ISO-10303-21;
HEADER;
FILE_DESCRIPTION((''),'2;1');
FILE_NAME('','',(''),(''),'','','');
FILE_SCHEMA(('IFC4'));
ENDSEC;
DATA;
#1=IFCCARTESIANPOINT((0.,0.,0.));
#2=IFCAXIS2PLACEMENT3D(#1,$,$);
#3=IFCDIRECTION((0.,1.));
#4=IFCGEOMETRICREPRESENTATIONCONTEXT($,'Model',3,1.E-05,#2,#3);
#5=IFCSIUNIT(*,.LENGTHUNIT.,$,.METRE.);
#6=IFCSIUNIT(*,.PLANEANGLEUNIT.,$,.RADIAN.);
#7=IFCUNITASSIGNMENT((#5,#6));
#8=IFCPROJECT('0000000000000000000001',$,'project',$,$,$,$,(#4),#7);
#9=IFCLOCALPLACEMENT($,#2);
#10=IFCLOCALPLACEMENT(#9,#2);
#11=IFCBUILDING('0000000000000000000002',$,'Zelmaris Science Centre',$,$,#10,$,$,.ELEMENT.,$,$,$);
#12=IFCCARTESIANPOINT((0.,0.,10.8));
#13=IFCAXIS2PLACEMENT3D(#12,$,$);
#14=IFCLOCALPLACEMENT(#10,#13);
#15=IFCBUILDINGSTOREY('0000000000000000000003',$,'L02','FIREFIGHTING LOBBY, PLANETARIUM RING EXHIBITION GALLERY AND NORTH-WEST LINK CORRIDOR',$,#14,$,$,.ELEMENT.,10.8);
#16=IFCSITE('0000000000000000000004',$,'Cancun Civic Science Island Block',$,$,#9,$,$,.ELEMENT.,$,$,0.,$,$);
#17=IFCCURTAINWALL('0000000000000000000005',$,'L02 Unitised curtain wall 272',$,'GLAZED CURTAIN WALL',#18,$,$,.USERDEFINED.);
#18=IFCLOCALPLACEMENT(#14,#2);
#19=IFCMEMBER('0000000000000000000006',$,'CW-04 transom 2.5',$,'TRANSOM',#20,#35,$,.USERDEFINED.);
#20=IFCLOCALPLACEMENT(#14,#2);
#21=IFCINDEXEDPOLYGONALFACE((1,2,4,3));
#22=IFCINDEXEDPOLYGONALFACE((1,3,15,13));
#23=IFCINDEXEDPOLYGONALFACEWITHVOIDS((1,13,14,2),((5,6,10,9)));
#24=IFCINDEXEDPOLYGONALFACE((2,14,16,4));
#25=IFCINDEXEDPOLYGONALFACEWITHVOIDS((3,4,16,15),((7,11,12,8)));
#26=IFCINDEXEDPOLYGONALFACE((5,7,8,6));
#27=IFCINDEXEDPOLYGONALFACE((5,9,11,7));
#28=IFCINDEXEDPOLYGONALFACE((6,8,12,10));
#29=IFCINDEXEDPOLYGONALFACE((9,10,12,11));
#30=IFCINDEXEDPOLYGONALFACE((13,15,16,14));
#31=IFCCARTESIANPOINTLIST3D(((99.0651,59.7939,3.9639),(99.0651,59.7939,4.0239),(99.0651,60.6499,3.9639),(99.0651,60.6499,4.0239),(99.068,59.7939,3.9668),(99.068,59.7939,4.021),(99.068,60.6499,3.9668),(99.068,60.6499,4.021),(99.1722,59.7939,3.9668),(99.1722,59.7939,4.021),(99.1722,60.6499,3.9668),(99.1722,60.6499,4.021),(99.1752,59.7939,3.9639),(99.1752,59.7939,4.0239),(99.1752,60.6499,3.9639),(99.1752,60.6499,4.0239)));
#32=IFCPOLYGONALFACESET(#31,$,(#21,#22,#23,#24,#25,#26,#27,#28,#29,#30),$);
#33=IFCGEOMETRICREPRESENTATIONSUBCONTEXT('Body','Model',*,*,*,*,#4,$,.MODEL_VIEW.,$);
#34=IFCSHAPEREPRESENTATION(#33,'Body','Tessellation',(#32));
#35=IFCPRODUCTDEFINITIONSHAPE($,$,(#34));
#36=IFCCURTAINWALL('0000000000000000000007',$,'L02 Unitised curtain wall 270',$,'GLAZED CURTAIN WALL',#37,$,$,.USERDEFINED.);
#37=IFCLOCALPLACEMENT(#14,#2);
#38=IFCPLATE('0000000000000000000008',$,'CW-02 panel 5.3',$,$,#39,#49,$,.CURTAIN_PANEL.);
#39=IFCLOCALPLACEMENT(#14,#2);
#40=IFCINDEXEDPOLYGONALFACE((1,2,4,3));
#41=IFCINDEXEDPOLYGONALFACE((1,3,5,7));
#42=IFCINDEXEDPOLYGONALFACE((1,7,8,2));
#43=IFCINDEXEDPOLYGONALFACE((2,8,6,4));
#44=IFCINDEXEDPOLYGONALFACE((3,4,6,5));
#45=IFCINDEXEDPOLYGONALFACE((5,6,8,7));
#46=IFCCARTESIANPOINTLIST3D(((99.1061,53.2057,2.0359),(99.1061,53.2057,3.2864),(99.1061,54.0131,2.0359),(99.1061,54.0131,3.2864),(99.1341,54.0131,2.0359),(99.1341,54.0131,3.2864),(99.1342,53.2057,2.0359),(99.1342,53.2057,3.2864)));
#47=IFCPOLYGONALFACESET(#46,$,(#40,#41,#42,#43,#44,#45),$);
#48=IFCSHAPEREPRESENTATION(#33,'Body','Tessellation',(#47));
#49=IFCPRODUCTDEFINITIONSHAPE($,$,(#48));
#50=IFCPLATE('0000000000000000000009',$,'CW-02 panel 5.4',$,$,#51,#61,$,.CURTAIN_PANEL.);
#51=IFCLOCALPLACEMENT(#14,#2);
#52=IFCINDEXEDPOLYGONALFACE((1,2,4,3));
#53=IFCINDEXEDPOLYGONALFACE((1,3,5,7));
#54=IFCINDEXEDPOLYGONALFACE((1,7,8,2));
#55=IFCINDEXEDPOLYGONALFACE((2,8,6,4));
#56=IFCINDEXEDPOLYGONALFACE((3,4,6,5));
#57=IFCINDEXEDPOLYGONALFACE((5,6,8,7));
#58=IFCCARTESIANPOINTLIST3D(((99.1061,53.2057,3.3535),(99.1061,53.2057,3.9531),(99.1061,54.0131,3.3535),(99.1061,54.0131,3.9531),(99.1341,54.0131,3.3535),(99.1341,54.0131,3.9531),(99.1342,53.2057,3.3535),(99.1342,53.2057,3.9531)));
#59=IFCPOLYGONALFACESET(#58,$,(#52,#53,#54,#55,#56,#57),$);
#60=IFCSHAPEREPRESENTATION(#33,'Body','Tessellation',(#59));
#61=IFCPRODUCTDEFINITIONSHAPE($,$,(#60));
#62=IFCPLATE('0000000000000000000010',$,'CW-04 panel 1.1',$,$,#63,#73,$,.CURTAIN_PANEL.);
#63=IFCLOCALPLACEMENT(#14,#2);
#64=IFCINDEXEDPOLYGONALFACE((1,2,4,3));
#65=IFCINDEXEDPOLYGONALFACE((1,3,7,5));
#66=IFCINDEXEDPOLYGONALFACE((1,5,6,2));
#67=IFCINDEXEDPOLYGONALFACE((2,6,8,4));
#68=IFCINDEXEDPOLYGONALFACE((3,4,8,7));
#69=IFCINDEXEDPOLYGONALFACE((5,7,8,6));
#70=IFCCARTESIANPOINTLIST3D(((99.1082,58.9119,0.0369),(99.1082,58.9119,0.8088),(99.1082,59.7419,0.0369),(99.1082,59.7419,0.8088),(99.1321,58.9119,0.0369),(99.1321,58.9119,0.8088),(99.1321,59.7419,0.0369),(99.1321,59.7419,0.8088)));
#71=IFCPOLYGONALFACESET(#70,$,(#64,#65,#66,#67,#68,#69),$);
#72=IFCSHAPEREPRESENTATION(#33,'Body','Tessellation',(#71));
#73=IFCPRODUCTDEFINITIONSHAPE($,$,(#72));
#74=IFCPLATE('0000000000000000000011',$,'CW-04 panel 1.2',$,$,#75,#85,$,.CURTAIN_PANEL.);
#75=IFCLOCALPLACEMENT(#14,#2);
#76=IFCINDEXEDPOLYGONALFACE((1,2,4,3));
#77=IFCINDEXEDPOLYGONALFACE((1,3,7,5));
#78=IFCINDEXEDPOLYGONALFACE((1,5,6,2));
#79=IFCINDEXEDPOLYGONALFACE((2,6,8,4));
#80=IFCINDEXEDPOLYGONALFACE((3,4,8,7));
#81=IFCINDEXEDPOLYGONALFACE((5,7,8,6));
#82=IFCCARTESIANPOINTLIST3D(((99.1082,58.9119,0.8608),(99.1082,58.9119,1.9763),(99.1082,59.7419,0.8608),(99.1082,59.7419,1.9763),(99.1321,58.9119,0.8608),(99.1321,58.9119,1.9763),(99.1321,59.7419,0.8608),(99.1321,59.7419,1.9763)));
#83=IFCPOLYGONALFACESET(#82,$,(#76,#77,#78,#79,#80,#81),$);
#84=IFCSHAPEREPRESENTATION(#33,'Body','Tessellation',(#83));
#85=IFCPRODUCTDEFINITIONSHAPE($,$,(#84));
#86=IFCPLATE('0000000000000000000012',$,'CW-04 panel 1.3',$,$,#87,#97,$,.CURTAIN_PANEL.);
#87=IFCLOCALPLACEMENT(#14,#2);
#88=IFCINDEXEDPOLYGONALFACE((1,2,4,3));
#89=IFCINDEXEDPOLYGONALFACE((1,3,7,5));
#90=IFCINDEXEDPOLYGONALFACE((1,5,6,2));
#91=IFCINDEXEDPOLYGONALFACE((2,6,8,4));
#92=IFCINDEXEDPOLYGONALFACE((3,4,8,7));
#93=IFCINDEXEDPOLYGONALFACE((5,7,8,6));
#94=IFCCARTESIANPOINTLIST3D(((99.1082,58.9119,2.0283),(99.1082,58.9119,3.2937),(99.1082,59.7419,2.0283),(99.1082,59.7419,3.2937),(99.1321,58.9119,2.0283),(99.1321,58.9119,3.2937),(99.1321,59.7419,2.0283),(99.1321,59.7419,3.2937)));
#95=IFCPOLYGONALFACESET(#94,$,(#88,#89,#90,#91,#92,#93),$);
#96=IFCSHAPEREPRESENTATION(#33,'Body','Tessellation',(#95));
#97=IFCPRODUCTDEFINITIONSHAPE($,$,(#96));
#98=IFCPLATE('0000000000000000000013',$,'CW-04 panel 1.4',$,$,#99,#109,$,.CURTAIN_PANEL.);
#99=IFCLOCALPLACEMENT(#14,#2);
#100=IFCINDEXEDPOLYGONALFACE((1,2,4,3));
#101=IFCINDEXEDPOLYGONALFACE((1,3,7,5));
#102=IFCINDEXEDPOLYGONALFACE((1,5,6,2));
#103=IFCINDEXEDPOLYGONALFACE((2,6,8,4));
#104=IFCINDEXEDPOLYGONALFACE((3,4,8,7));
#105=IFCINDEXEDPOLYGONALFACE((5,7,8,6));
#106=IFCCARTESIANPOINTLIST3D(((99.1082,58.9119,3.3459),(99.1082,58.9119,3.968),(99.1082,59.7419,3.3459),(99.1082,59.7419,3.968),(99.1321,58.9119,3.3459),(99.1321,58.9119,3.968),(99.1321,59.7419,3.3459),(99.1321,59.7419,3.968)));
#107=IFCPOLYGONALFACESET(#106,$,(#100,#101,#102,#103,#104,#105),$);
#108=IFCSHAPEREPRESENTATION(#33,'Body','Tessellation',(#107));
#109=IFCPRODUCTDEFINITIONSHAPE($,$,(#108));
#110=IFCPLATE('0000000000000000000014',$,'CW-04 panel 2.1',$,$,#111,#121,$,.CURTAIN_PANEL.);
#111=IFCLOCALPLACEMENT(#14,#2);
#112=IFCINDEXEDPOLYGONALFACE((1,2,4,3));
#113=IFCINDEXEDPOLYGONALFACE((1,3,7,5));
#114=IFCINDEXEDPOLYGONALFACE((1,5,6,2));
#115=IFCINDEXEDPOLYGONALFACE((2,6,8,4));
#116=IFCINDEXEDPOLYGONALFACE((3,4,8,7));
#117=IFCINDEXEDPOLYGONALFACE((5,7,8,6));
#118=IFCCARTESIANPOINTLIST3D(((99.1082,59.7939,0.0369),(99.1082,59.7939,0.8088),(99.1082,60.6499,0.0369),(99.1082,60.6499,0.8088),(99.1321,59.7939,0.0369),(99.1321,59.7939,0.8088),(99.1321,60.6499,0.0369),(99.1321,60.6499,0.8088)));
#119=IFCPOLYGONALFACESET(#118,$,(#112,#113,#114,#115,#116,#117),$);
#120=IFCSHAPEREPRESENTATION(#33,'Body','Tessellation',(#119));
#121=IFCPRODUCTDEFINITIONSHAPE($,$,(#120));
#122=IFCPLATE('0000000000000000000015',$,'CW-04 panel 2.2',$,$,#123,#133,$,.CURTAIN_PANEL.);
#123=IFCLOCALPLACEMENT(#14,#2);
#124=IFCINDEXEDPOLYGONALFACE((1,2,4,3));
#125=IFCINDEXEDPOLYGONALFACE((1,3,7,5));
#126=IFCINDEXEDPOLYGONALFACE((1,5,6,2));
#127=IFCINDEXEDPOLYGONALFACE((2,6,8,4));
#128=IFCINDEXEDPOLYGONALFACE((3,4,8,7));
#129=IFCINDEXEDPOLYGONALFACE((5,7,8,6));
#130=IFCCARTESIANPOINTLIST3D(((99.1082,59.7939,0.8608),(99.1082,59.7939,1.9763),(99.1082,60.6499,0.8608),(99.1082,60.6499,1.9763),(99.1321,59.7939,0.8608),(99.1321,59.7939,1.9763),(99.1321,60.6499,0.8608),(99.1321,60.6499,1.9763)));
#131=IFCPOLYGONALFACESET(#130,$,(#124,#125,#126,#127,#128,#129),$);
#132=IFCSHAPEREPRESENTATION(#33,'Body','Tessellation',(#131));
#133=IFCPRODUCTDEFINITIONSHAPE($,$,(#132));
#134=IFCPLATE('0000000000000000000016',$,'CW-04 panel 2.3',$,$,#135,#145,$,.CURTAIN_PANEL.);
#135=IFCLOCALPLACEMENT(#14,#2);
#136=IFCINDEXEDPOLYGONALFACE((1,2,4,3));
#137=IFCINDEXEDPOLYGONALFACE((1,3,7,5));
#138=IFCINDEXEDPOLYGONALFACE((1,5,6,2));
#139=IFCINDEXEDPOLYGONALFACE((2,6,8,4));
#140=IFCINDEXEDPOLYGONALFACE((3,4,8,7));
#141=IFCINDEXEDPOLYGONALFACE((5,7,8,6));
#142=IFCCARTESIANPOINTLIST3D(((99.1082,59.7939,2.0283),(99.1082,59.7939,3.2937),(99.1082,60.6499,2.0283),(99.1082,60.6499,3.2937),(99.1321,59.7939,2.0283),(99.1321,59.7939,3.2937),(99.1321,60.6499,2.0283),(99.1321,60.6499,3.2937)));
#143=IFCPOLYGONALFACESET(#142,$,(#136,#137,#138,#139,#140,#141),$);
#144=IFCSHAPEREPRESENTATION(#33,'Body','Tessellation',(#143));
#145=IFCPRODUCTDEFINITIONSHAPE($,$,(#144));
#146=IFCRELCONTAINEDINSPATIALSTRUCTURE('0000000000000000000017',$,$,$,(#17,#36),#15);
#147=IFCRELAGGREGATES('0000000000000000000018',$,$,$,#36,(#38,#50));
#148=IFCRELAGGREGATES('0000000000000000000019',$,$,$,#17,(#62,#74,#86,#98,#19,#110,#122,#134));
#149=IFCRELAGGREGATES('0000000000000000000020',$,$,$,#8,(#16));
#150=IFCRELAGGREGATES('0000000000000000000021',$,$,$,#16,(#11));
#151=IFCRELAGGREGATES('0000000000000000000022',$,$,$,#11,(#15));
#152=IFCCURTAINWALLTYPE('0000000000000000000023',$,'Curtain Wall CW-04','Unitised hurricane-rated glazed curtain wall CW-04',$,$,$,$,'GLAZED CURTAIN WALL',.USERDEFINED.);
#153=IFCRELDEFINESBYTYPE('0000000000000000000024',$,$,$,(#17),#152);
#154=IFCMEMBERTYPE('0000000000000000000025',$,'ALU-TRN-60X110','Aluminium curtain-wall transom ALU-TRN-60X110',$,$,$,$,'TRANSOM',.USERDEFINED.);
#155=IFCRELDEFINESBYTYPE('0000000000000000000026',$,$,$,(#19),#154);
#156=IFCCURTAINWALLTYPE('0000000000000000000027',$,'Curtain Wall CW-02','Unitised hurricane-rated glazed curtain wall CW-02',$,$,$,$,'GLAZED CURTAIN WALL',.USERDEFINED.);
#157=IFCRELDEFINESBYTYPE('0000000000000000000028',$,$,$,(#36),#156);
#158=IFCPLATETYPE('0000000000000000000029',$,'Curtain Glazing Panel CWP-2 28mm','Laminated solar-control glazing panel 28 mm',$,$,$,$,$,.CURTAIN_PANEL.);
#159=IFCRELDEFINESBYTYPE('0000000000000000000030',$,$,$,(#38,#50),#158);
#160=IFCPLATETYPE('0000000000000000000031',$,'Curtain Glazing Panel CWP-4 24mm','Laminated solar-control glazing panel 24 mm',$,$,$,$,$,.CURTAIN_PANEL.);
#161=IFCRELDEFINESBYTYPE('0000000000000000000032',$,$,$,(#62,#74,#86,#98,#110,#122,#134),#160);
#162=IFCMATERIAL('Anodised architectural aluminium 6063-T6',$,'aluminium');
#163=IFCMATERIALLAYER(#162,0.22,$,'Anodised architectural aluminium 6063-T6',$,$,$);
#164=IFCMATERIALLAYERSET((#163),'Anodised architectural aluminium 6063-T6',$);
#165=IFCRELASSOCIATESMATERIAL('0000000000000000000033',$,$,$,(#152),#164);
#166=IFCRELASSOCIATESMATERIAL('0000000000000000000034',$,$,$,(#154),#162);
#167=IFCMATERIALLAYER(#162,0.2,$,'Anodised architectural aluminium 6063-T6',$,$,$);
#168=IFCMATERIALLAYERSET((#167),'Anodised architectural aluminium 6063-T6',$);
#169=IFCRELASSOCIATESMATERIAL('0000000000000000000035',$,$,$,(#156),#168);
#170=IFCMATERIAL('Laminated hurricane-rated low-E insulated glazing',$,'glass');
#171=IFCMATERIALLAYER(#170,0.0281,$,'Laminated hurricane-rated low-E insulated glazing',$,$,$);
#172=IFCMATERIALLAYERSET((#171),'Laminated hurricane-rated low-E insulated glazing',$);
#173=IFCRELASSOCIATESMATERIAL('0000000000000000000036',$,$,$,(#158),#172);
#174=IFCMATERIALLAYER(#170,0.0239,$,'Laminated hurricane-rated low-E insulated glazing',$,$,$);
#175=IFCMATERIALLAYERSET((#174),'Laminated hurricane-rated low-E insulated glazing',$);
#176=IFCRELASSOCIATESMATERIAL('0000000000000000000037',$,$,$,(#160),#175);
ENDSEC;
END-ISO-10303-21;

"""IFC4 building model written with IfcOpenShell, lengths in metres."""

from ifc_helpers import new_model, si_unit, direction, frame, origin, origin_2d, place, context, subcontext, project, spatial, rectangle, hollow_rectangle, extrude, material, layer, layer_set, material_profile, profile_set, type_object, element, aggregate, save


model = new_model("IFC4")

# Units and contexts
model_context = context("Model", 3, precision=1e-05, world=origin(), true_north=direction((0.0, 1.0)))
body_context = subcontext(model_context, "Body", "Model", "MODEL_VIEW")
ifc_project = project(units=[si_unit("LENGTHUNIT", "METRE"), si_unit("PLANEANGLEUNIT", "RADIAN")], contexts=[model_context])

# Site, building, storey
site_placement = place(None, origin())
site = spatial("IfcSite", under=ifc_project, at=site_placement, Name="Cancun Civic Science Island Block", CompositionType="ELEMENT", RefElevation=0.0)
building_placement = place(site_placement, origin())
building = spatial("IfcBuilding", under=site, at=building_placement, Name="Zelmaris Science Centre", CompositionType="ELEMENT")
storey_placement = place(building_placement, frame((0.0, 0.0, 10.8)))
storey = spatial("IfcBuildingStorey", under=building, at=storey_placement, Name="L02", Description="FIREFIGHTING LOBBY, PLANETARIUM RING EXHIBITION GALLERY AND NORTH-WEST LINK CORRIDOR", CompositionType="ELEMENT", Elevation=10.8)

# Curtain wall, member
ifc_material_1 = material(Name="Anodised architectural aluminium 6063-T6", Category="aluminium")
ifc_layer_1 = layer(ifc_material_1, 0.22, Name="Anodised architectural aluminium 6063-T6")
ifc_layer_set_1 = layer_set([ifc_layer_1], Name="Anodised architectural aluminium 6063-T6")
curtain_wall_type_1 = type_object("IfcCurtainWallType", Name="Curtain Wall CW-04", Description="Unitised hurricane-rated glazed curtain wall CW-04", ElementType="GLAZED CURTAIN WALL", PredefinedType="USERDEFINED", material=ifc_layer_set_1)
curtain_wall_1_placement = place(storey_placement, origin())
curtain_wall_1 = element("IfcCurtainWall", 1, at=curtain_wall_1_placement, inside=storey, type_object=curtain_wall_type_1, Name="L02 Unitised curtain wall 272", ObjectType="GLAZED CURTAIN WALL", PredefinedType="USERDEFINED")
ifc_material_profile_1 = material_profile(ifc_material_1, hollow_rectangle(XDim=0.0601, YDim=0.1101, WallThickness=0.0029, at=origin_2d()), Name="ALU-TRN-60X110")
ifc_profile_set_1 = profile_set([ifc_material_profile_1], Name="Anodised architectural aluminium 6063-T6")
member_type_1 = type_object("IfcMemberType", Name="ALU-TRN-60X110", Description="Aluminium curtain-wall transom ALU-TRN-60X110", ElementType="TRANSOM", PredefinedType="USERDEFINED", material=ifc_profile_set_1)
member_1_placement = place(storey_placement, frame((99.1201, 59.7939, 3.9939), z_axis=(0.0, 1.0, 0.0), x_axis=(0.0, 0.0, 1.0)))
member_1 = element("IfcMember", 2, at=member_1_placement, type_object=member_type_1, Name="CW-04 transom 2.5", ObjectType="TRANSOM", PredefinedType="USERDEFINED", context=body_context, shape_type="SweptSolid", body=[
    extrude(hollow_rectangle(XDim=0.0601, YDim=0.1101, WallThickness=0.0029, at=origin_2d()), origin(), (0.0, 0.0, 1.0), 0.856),
])

# Curtain wall, plates
ifc_layer_2 = layer(ifc_material_1, 0.2, Name="Anodised architectural aluminium 6063-T6")
ifc_layer_set_2 = layer_set([ifc_layer_2], Name="Anodised architectural aluminium 6063-T6")
curtain_wall_type_2 = type_object("IfcCurtainWallType", Name="Curtain Wall CW-02", Description="Unitised hurricane-rated glazed curtain wall CW-02", ElementType="GLAZED CURTAIN WALL", PredefinedType="USERDEFINED", material=ifc_layer_set_2)
curtain_wall_2_placement = place(storey_placement, origin())
curtain_wall_2 = element("IfcCurtainWall", 3, at=curtain_wall_2_placement, inside=storey, type_object=curtain_wall_type_2, Name="L02 Unitised curtain wall 270", ObjectType="GLAZED CURTAIN WALL", PredefinedType="USERDEFINED")
ifc_material_2 = material(Name="Laminated hurricane-rated low-E insulated glazing", Category="glass")
ifc_layer_3 = layer(ifc_material_2, 0.0281, Name="Laminated hurricane-rated low-E insulated glazing")
ifc_layer_set_3 = layer_set([ifc_layer_3], Name="Laminated hurricane-rated low-E insulated glazing")
plate_type_1 = type_object("IfcPlateType", Name="Curtain Glazing Panel CWP-2 28mm", Description="Laminated solar-control glazing panel 28 mm", PredefinedType="CURTAIN_PANEL", material=ifc_layer_set_3)
plate_1_placement = place(storey_placement, frame((99.1201, 53.6094, 2.0359), z_axis=(0.0, 0.0, 1.0), x_axis=(-0.000022, 1.0, 0.0)))
plate_1 = element("IfcPlate", 4, at=plate_1_placement, type_object=plate_type_1, Name="CW-02 panel 5.3", PredefinedType="CURTAIN_PANEL", context=body_context, shape_type="SweptSolid", body=[
    extrude(rectangle(XDim=0.8074, YDim=0.0281, at=origin_2d()), origin(), (0.0, 0.0, 1.0), 1.2505),
])
plate_2_placement = place(storey_placement, frame((99.1201, 53.6094, 3.3535), z_axis=(0.0, 0.0, 1.0), x_axis=(-0.000022, 1.0, 0.0)))
plate_2 = element("IfcPlate", 5, at=plate_2_placement, type_object=plate_type_1, Name="CW-02 panel 5.4", PredefinedType="CURTAIN_PANEL", context=body_context, shape_type="SweptSolid", body=[
    extrude(rectangle(XDim=0.8074, YDim=0.0281, at=origin_2d()), origin(), (0.0, 0.0, 1.0), 0.5996),
])
aggregate(curtain_wall_2, [plate_1, plate_2])

# Plates
ifc_layer_4 = layer(ifc_material_2, 0.0239, Name="Laminated hurricane-rated low-E insulated glazing")
ifc_layer_set_4 = layer_set([ifc_layer_4], Name="Laminated hurricane-rated low-E insulated glazing")
plate_type_2 = type_object("IfcPlateType", Name="Curtain Glazing Panel CWP-4 24mm", Description="Laminated solar-control glazing panel 24 mm", PredefinedType="CURTAIN_PANEL", material=ifc_layer_set_4)
plate_3_placement = place(storey_placement, frame((99.1201, 59.3269, 0.0369), z_axis=(0.0, 0.0, 1.0), x_axis=(0.0, 1.0, 0.0)))
plate_3 = element("IfcPlate", 6, at=plate_3_placement, type_object=plate_type_2, Name="CW-04 panel 1.1", PredefinedType="CURTAIN_PANEL", context=body_context, shape_type="SweptSolid", body=[
    extrude(rectangle(XDim=0.8301, YDim=0.0239, at=origin_2d()), origin(), (0.0, 0.0, 1.0), 0.772),
])
plate_4_placement = place(storey_placement, frame((99.1201, 59.3269, 0.8608), z_axis=(0.0, 0.0, 1.0), x_axis=(0.0, 1.0, 0.0)))
plate_4 = element("IfcPlate", 7, at=plate_4_placement, type_object=plate_type_2, Name="CW-04 panel 1.2", PredefinedType="CURTAIN_PANEL", context=body_context, shape_type="SweptSolid", body=[
    extrude(rectangle(XDim=0.8301, YDim=0.0239, at=origin_2d()), origin(), (0.0, 0.0, 1.0), 1.1155),
])
plate_5_placement = place(storey_placement, frame((99.1201, 59.3269, 2.0283), z_axis=(0.0, 0.0, 1.0), x_axis=(0.0, 1.0, 0.0)))
plate_5 = element("IfcPlate", 8, at=plate_5_placement, type_object=plate_type_2, Name="CW-04 panel 1.3", PredefinedType="CURTAIN_PANEL", context=body_context, shape_type="SweptSolid", body=[
    extrude(rectangle(XDim=0.8301, YDim=0.0239, at=origin_2d()), origin(), (0.0, 0.0, 1.0), 1.2654),
])
plate_6_placement = place(storey_placement, frame((99.1201, 59.3269, 3.3459), z_axis=(0.0, 0.0, 1.0), x_axis=(0.0, 1.0, 0.0)))
plate_6 = element("IfcPlate", 9, at=plate_6_placement, type_object=plate_type_2, Name="CW-04 panel 1.4", PredefinedType="CURTAIN_PANEL", context=body_context, shape_type="SweptSolid", body=[
    extrude(rectangle(XDim=0.8301, YDim=0.0239, at=origin_2d()), origin(), (0.0, 0.0, 1.0), 0.6221),
])
plate_7_placement = place(storey_placement, frame((99.1201, 60.2219, 0.0369), z_axis=(0.0, 0.0, 1.0), x_axis=(0.0, 1.0, 0.0)))
plate_7 = element("IfcPlate", 10, at=plate_7_placement, type_object=plate_type_2, Name="CW-04 panel 2.1", PredefinedType="CURTAIN_PANEL", context=body_context, shape_type="SweptSolid", body=[
    extrude(rectangle(XDim=0.856, YDim=0.0239, at=origin_2d()), origin(), (0.0, 0.0, 1.0), 0.772),
])
plate_8_placement = place(storey_placement, frame((99.1201, 60.2219, 0.8608), z_axis=(0.0, 0.0, 1.0), x_axis=(0.0, 1.0, 0.0)))
plate_8 = element("IfcPlate", 11, at=plate_8_placement, type_object=plate_type_2, Name="CW-04 panel 2.2", PredefinedType="CURTAIN_PANEL", context=body_context, shape_type="SweptSolid", body=[
    extrude(rectangle(XDim=0.856, YDim=0.0239, at=origin_2d()), origin(), (0.0, 0.0, 1.0), 1.1155),
])
plate_9_placement = place(storey_placement, frame((99.1201, 60.2219, 2.0283), z_axis=(0.0, 0.0, 1.0), x_axis=(0.0, 1.0, 0.0)))
plate_9 = element("IfcPlate", 12, at=plate_9_placement, type_object=plate_type_2, Name="CW-04 panel 2.3", PredefinedType="CURTAIN_PANEL", context=body_context, shape_type="SweptSolid", body=[
    extrude(rectangle(XDim=0.856, YDim=0.0239, at=origin_2d()), origin(), (0.0, 0.0, 1.0), 1.2654),
])
aggregate(curtain_wall_1, [plate_3, plate_4, plate_5, plate_6, member_1, plate_7, plate_8, plate_9])

save(model, "model.ifc")
